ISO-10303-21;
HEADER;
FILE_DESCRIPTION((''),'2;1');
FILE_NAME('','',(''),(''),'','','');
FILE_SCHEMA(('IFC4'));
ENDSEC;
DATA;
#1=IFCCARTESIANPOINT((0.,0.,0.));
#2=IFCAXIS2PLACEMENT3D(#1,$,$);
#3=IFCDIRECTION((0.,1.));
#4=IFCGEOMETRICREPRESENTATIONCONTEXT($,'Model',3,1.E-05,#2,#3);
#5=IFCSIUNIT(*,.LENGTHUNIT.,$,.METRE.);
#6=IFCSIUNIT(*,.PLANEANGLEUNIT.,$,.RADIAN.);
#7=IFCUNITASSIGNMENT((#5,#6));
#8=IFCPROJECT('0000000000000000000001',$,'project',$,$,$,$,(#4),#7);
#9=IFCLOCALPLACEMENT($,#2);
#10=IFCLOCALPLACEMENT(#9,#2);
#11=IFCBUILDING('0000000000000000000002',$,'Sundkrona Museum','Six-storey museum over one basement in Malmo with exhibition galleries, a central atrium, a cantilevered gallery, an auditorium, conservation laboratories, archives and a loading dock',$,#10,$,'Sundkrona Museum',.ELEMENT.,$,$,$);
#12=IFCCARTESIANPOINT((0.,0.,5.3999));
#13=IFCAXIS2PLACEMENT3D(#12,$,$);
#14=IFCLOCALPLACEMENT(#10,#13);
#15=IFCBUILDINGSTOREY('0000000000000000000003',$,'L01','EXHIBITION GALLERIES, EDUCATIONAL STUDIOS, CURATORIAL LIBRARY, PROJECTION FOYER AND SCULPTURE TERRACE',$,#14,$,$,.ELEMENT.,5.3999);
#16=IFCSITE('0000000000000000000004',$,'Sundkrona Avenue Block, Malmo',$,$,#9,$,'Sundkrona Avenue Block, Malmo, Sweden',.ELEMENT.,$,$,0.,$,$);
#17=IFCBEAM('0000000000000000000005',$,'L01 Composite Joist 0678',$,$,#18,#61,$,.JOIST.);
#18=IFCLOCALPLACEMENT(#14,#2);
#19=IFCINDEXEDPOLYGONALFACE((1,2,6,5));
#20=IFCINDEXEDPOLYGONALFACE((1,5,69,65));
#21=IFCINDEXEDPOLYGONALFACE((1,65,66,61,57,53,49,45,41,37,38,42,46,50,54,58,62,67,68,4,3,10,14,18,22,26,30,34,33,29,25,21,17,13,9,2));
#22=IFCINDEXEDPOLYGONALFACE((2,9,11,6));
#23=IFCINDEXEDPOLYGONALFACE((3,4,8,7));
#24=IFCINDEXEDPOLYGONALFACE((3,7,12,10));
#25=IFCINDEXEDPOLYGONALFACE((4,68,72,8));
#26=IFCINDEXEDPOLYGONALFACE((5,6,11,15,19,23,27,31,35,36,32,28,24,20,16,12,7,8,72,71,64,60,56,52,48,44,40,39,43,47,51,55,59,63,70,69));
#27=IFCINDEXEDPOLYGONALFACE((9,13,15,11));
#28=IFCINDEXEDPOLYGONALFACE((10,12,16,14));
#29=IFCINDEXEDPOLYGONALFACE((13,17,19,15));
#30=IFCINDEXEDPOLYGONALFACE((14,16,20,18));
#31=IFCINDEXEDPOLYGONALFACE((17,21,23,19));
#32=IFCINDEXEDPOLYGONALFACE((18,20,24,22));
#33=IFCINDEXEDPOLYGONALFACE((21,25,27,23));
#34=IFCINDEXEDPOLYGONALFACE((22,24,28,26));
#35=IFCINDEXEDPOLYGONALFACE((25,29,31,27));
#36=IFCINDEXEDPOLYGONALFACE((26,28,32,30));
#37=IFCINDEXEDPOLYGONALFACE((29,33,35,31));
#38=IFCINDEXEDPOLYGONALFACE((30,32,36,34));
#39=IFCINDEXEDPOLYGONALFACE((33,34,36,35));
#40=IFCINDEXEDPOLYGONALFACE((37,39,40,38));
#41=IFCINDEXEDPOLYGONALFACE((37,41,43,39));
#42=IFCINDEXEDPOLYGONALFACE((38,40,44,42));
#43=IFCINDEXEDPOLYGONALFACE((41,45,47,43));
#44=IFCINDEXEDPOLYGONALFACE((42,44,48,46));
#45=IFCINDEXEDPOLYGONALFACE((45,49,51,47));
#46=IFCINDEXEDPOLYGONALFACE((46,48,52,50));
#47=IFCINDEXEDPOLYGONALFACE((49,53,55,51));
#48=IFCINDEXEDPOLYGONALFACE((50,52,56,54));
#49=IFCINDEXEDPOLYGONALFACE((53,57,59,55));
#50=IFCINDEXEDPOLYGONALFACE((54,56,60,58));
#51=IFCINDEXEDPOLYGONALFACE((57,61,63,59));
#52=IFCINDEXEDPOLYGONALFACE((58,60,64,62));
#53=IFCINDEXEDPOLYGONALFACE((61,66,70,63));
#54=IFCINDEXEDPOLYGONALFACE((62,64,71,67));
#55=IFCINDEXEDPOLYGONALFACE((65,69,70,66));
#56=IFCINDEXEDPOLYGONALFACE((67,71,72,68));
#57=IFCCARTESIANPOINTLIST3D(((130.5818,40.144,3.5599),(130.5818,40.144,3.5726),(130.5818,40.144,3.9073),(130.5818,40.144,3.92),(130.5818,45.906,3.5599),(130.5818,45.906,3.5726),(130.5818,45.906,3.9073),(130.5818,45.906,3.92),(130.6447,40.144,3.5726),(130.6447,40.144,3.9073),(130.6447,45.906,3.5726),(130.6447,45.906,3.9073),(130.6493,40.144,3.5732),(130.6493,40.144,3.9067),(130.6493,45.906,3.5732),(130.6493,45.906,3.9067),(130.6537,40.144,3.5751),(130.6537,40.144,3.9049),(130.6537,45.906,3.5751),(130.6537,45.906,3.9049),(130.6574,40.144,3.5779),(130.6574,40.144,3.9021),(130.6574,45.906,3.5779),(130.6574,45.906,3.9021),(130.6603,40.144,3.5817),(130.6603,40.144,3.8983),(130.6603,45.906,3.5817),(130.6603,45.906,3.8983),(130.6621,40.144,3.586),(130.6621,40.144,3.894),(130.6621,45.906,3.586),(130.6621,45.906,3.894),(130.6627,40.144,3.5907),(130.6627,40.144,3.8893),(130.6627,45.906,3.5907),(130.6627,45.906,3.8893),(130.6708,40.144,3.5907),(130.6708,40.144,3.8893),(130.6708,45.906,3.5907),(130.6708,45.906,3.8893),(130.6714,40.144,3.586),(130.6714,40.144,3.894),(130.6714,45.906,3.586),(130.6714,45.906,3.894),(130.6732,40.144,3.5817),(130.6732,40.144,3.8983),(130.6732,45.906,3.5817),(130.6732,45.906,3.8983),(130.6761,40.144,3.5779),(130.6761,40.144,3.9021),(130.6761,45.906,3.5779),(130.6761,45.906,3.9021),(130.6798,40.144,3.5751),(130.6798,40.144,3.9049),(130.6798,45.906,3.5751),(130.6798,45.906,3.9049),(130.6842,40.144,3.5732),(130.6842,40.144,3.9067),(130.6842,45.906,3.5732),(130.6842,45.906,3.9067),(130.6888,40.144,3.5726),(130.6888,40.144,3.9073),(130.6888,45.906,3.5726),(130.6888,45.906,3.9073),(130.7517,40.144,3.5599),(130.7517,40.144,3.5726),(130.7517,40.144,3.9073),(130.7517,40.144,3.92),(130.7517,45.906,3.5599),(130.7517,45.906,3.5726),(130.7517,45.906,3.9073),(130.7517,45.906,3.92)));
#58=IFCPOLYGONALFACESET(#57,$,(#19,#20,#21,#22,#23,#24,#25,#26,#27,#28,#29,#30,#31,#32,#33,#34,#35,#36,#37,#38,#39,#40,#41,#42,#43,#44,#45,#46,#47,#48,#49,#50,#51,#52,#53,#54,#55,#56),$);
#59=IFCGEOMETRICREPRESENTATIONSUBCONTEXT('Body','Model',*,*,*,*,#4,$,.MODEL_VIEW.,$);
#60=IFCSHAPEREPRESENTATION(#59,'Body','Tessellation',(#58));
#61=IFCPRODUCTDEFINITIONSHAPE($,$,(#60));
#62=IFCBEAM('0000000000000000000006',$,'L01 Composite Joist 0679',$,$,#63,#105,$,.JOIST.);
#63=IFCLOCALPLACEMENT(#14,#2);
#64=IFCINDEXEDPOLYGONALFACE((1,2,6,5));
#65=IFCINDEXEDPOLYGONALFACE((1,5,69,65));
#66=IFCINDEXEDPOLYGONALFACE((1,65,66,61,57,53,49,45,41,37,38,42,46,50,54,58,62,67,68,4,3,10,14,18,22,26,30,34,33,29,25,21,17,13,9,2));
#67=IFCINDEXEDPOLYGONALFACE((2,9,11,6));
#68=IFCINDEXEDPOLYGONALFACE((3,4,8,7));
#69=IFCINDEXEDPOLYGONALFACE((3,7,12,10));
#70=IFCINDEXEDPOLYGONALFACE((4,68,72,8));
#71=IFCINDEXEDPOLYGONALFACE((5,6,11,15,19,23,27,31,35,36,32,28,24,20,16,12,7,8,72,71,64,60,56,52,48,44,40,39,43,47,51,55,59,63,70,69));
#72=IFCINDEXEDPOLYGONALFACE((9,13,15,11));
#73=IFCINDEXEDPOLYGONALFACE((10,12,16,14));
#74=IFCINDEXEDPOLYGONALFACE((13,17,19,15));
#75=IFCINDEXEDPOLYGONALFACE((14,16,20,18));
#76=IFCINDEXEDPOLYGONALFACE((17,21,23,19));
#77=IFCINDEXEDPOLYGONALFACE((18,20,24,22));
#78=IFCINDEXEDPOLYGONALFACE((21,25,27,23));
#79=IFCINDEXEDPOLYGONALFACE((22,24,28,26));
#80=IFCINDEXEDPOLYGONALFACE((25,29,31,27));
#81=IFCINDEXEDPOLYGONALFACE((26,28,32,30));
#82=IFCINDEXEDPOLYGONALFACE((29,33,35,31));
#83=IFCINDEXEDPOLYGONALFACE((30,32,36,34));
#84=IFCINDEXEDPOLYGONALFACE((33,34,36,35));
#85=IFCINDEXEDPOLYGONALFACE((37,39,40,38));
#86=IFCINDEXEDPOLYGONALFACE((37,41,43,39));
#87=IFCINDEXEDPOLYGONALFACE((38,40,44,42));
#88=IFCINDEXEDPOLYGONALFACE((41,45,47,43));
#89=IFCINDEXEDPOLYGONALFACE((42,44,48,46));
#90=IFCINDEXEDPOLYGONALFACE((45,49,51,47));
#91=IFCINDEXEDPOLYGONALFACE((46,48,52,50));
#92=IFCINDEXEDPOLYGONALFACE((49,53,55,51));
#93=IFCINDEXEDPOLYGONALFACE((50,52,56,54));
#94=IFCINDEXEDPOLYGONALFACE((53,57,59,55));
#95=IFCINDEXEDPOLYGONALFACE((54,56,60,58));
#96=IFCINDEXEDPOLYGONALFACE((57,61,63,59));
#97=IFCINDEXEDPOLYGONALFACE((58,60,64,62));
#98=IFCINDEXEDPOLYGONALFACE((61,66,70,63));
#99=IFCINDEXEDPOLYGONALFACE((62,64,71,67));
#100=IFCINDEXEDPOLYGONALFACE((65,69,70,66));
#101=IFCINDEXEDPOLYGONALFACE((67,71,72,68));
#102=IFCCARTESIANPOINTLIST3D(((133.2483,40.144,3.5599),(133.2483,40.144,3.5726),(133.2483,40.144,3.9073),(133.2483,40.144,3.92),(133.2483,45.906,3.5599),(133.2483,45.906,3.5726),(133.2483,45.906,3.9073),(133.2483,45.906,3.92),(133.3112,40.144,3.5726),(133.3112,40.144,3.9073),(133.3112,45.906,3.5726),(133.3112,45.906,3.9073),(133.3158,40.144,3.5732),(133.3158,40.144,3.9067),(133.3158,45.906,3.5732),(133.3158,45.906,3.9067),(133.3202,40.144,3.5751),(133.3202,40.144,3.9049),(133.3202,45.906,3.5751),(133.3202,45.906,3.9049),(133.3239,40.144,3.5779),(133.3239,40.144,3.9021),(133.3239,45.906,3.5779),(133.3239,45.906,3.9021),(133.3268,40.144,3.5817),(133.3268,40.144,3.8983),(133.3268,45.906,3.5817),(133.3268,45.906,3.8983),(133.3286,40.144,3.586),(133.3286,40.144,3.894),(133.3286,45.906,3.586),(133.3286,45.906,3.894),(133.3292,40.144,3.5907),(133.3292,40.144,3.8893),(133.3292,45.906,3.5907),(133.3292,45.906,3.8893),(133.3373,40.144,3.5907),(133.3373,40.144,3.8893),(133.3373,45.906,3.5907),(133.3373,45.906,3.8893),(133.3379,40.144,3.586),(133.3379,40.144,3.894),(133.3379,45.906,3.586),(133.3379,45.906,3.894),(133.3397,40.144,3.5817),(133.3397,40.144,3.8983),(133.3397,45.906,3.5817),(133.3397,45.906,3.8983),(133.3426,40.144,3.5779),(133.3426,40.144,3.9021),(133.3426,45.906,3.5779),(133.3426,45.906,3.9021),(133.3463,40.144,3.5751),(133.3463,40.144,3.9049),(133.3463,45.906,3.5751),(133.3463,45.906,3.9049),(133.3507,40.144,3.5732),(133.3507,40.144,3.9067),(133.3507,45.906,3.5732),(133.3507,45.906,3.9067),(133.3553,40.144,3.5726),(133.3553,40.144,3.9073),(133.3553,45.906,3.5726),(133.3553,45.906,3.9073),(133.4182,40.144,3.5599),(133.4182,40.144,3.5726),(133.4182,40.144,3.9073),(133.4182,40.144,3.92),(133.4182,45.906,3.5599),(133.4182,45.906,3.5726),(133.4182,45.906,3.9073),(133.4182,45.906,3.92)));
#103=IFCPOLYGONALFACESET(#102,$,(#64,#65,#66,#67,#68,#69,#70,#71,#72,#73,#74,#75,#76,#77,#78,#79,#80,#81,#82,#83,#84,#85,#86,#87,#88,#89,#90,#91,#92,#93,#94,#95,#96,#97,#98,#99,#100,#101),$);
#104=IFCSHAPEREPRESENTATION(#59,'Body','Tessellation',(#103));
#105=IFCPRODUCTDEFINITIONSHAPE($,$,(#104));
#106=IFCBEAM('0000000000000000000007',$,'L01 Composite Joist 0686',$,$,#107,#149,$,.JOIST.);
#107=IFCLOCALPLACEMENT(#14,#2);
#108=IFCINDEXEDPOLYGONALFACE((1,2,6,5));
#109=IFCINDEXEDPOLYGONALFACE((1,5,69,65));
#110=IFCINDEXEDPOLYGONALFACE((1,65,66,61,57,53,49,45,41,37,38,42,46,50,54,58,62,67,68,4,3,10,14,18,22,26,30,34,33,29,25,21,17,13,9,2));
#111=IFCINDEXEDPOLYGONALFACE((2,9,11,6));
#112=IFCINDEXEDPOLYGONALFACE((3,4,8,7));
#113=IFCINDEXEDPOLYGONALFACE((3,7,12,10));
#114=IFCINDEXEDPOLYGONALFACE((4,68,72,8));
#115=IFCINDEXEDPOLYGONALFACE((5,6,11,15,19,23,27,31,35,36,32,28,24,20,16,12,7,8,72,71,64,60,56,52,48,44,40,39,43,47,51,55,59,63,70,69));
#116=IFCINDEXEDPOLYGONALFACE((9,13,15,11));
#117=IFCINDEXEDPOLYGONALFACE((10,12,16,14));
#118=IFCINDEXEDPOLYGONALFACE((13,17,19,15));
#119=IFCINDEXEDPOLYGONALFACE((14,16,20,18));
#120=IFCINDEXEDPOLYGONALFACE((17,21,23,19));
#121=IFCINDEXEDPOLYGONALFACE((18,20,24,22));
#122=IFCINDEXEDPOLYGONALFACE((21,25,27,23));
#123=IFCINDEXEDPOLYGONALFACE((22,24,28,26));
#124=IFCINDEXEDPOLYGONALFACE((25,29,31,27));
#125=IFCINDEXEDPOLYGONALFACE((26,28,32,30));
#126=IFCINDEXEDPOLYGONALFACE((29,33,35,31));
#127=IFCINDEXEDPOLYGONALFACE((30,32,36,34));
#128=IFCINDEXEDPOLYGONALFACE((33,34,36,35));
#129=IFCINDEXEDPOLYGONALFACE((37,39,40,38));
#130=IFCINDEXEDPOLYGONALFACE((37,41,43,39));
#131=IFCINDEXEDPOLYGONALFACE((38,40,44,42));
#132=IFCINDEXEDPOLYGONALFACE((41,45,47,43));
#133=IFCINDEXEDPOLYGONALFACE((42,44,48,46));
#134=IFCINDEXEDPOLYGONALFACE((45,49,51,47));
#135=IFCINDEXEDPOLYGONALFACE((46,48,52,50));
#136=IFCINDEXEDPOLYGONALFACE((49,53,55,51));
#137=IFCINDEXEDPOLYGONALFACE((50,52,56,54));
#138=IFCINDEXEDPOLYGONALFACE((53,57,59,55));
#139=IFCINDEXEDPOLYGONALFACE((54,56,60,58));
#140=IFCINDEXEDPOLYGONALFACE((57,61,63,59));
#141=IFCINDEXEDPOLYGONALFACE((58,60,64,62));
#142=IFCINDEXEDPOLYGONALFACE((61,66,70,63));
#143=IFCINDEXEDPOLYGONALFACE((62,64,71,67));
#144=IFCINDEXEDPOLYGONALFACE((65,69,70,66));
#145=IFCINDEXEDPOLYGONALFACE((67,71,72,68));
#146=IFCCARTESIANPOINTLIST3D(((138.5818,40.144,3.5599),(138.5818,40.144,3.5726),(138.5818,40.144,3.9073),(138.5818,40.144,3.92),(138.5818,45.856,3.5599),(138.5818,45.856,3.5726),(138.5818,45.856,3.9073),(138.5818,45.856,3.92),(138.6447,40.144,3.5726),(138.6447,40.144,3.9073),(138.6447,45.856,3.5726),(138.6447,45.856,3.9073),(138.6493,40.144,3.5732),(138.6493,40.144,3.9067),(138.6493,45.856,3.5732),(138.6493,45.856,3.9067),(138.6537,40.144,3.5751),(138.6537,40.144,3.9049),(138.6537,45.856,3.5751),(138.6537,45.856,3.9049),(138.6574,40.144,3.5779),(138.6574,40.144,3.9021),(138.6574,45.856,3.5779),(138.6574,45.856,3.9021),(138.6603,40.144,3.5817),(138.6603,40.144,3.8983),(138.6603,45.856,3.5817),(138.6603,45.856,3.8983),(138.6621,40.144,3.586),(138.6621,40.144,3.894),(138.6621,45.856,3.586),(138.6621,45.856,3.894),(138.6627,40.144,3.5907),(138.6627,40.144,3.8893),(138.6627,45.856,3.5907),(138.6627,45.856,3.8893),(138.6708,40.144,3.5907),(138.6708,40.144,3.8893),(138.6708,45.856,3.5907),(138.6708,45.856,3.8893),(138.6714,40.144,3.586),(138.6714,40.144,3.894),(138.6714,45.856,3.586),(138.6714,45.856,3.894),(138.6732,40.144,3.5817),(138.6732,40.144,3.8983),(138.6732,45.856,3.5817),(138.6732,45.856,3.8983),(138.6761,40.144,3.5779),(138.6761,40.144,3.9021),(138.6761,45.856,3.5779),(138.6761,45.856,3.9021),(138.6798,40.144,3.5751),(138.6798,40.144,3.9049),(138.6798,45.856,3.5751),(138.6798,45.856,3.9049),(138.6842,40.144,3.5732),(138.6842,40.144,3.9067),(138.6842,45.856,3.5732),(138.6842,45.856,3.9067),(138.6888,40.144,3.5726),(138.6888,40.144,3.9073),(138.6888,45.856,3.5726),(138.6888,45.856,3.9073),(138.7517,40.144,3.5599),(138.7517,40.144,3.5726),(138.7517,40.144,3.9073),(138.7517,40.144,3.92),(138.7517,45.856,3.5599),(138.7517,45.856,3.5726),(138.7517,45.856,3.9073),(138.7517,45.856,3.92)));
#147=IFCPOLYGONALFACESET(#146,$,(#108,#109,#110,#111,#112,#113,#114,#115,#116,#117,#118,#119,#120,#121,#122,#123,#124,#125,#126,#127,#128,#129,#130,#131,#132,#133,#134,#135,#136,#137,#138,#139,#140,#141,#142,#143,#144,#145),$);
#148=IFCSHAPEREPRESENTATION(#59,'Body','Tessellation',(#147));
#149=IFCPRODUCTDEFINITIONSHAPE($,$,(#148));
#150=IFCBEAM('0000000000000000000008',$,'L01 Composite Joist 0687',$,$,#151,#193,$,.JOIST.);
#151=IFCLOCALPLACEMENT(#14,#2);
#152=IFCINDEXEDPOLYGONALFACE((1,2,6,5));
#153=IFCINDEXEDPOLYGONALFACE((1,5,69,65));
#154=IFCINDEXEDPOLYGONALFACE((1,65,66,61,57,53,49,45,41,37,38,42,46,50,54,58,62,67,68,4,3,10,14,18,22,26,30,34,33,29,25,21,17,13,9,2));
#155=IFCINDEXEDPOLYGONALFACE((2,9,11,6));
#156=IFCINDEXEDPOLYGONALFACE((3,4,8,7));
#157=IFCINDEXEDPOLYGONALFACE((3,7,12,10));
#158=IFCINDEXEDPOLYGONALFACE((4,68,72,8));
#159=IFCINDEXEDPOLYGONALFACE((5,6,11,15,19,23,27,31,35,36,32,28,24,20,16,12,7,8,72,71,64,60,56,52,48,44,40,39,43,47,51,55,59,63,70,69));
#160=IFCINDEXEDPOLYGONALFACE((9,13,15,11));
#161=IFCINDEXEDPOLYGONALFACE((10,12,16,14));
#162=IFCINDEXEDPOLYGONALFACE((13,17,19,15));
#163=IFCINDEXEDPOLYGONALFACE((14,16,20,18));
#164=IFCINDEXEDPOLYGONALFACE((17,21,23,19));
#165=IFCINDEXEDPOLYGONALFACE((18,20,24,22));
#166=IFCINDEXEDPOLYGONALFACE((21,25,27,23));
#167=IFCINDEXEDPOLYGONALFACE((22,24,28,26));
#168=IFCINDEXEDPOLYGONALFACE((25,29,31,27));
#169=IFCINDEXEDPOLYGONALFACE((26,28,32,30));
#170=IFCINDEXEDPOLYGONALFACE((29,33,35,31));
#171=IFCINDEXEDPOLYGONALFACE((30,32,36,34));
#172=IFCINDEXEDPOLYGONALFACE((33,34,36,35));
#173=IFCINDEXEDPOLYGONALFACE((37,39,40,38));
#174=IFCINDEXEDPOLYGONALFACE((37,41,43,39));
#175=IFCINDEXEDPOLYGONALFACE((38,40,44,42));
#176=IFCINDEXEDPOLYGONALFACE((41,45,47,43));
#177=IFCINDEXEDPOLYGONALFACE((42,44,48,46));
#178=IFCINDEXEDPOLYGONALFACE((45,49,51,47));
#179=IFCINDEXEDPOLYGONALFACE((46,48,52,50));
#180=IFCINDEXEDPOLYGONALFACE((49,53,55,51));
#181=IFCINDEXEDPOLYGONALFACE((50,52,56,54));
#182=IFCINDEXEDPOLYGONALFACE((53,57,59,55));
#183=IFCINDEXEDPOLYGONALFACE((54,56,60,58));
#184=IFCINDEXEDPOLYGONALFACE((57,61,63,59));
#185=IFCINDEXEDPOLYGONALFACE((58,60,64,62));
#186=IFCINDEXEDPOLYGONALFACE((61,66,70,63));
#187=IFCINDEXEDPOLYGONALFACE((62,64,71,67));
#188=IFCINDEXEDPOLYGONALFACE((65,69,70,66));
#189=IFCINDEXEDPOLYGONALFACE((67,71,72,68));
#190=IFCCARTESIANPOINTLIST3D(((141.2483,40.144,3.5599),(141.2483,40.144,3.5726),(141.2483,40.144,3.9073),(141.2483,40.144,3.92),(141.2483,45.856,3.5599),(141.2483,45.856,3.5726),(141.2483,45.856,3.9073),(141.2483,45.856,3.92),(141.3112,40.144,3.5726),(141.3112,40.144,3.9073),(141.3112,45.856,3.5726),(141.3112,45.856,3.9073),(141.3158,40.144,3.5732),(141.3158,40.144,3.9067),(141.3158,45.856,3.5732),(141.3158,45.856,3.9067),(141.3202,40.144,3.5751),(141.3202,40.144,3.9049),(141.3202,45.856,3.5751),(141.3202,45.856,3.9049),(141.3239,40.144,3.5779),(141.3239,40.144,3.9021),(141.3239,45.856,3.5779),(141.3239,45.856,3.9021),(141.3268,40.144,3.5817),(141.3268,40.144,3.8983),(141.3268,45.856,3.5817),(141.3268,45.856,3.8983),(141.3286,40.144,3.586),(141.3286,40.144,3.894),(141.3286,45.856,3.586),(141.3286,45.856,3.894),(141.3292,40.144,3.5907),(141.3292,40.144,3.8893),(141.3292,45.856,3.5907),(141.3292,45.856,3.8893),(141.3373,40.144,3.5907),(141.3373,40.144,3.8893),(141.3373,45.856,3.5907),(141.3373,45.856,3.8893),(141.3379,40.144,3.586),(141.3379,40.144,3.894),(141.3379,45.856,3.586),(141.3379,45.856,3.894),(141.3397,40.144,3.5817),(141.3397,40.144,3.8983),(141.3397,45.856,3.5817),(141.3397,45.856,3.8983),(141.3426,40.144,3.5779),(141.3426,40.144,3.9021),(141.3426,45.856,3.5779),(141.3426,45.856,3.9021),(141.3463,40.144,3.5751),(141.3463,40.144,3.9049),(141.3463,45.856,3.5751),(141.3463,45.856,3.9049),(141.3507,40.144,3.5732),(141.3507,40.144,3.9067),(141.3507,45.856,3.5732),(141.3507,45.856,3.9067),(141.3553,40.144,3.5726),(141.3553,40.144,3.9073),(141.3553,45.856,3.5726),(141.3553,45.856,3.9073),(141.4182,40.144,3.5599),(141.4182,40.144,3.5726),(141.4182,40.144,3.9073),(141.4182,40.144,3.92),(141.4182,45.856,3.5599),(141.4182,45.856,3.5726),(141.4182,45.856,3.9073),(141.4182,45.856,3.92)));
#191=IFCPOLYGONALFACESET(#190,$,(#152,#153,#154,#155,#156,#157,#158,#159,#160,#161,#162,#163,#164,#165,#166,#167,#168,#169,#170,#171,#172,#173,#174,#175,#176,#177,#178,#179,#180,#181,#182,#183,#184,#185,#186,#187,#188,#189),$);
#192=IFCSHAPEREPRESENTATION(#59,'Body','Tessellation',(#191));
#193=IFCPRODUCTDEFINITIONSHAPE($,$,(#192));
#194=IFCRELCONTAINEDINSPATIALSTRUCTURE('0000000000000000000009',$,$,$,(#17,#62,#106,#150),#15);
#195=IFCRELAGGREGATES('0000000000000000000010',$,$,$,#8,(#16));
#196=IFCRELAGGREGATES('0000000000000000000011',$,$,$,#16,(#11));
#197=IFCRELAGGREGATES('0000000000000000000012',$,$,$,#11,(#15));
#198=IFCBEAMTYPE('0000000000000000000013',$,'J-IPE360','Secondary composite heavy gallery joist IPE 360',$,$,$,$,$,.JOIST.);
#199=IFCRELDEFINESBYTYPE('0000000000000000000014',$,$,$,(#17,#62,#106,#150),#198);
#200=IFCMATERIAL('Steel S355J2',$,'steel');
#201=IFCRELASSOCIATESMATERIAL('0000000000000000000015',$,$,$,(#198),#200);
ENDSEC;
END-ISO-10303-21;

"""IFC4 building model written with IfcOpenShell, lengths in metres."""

from ifc_helpers import new_model, si_unit, direction, frame, origin, origin_2d, place, context, subcontext, project, spatial, i_section, extrude, material, material_profile, profile_set, type_object, element, save


model = new_model("IFC4")

# Units and contexts
model_context = context("Model", 3, precision=1e-05, world=origin(), true_north=direction((0.0, 1.0)))
body_context = subcontext(model_context, "Body", "Model", "MODEL_VIEW")
ifc_project = project(units=[si_unit("LENGTHUNIT", "METRE"), si_unit("PLANEANGLEUNIT", "RADIAN")], contexts=[model_context])

# Site, building, storey
site_placement = place(None, origin())
site = spatial("IfcSite", under=ifc_project, at=site_placement, Name="Sundkrona Avenue Block, Malmo", LongName="Sundkrona Avenue Block, Malmo, Sweden", CompositionType="ELEMENT", RefElevation=0.0)
building_placement = place(site_placement, origin())
building = spatial("IfcBuilding", under=site, at=building_placement, Name="Sundkrona Museum", Description="Six-storey museum over one basement in Malmo with exhibition galleries, a central atrium, a cantilevered gallery, an auditorium, conservation laboratories, archives and a loading dock", LongName="Sundkrona Museum", CompositionType="ELEMENT")
storey_placement = place(building_placement, frame((0.0, 0.0, 5.3999)))
storey = spatial("IfcBuildingStorey", under=building, at=storey_placement, Name="L01", Description="EXHIBITION GALLERIES, EDUCATIONAL STUDIOS, CURATORIAL LIBRARY, PROJECTION FOYER AND SCULPTURE TERRACE", CompositionType="ELEMENT", Elevation=5.3999)

# Shared definitions
ifc_material_1 = material(Name="Steel S355J2", Category="steel")

# Beams
ifc_material_profile_1 = material_profile(ifc_material_1, i_section(OverallWidth=0.1699, OverallDepth=0.3601, WebThickness=0.0081, FlangeThickness=0.0127, FilletRadius=0.0181, at=origin_2d()), Name="IPE 360")
ifc_profile_set_1 = profile_set([ifc_material_profile_1], Name="Steel S355J2")
beam_type_1 = type_object("IfcBeamType", Name="J-IPE360", Description="Secondary composite heavy gallery joist IPE 360", PredefinedType="JOIST", material=ifc_profile_set_1)
for number, where, z_axis, x_axis, name in (
    (1, (130.6667, 40.144, 3.74), (0.0, 1.0, 0.0), (-1.0, 0.0, 0.0), "L01 Composite Joist 0678"),
    (2, (133.3333, 40.144, 3.74), (0.0, 1.0, 0.0), (-1.0, 0.0, 0.0), "L01 Composite Joist 0679"),
):
    element("IfcBeam", number, at=place(storey_placement, frame(where, z_axis=z_axis, x_axis=x_axis)), inside=storey, type_object=beam_type_1, Name=name, PredefinedType="JOIST", context=body_context, shape_type="SweptSolid", body=[
        extrude(i_section(OverallWidth=0.1699, OverallDepth=0.3601, WebThickness=0.0081, FlangeThickness=0.0127, FilletRadius=0.0181, at=origin_2d()), origin(), (0.0, 0.0, 1.0), 5.762),
    ])
for number, where, z_axis, x_axis, name in (
    (3, (138.6667, 40.144, 3.74), (0.0, 1.0, 0.0), (-1.0, 0.0, 0.0), "L01 Composite Joist 0686"),
    (4, (141.3333, 40.144, 3.74), (0.0, 1.0, 0.0), (-1.0, 0.0, 0.0), "L01 Composite Joist 0687"),
):
    element("IfcBeam", number, at=place(storey_placement, frame(where, z_axis=z_axis, x_axis=x_axis)), inside=storey, type_object=beam_type_1, Name=name, PredefinedType="JOIST", context=body_context, shape_type="SweptSolid", body=[
        extrude(i_section(OverallWidth=0.1699, OverallDepth=0.3601, WebThickness=0.0081, FlangeThickness=0.0127, FilletRadius=0.0181, at=origin_2d()), origin(), (0.0, 0.0, 1.0), 5.7119),
    ])

save(model, "model.ifc")
